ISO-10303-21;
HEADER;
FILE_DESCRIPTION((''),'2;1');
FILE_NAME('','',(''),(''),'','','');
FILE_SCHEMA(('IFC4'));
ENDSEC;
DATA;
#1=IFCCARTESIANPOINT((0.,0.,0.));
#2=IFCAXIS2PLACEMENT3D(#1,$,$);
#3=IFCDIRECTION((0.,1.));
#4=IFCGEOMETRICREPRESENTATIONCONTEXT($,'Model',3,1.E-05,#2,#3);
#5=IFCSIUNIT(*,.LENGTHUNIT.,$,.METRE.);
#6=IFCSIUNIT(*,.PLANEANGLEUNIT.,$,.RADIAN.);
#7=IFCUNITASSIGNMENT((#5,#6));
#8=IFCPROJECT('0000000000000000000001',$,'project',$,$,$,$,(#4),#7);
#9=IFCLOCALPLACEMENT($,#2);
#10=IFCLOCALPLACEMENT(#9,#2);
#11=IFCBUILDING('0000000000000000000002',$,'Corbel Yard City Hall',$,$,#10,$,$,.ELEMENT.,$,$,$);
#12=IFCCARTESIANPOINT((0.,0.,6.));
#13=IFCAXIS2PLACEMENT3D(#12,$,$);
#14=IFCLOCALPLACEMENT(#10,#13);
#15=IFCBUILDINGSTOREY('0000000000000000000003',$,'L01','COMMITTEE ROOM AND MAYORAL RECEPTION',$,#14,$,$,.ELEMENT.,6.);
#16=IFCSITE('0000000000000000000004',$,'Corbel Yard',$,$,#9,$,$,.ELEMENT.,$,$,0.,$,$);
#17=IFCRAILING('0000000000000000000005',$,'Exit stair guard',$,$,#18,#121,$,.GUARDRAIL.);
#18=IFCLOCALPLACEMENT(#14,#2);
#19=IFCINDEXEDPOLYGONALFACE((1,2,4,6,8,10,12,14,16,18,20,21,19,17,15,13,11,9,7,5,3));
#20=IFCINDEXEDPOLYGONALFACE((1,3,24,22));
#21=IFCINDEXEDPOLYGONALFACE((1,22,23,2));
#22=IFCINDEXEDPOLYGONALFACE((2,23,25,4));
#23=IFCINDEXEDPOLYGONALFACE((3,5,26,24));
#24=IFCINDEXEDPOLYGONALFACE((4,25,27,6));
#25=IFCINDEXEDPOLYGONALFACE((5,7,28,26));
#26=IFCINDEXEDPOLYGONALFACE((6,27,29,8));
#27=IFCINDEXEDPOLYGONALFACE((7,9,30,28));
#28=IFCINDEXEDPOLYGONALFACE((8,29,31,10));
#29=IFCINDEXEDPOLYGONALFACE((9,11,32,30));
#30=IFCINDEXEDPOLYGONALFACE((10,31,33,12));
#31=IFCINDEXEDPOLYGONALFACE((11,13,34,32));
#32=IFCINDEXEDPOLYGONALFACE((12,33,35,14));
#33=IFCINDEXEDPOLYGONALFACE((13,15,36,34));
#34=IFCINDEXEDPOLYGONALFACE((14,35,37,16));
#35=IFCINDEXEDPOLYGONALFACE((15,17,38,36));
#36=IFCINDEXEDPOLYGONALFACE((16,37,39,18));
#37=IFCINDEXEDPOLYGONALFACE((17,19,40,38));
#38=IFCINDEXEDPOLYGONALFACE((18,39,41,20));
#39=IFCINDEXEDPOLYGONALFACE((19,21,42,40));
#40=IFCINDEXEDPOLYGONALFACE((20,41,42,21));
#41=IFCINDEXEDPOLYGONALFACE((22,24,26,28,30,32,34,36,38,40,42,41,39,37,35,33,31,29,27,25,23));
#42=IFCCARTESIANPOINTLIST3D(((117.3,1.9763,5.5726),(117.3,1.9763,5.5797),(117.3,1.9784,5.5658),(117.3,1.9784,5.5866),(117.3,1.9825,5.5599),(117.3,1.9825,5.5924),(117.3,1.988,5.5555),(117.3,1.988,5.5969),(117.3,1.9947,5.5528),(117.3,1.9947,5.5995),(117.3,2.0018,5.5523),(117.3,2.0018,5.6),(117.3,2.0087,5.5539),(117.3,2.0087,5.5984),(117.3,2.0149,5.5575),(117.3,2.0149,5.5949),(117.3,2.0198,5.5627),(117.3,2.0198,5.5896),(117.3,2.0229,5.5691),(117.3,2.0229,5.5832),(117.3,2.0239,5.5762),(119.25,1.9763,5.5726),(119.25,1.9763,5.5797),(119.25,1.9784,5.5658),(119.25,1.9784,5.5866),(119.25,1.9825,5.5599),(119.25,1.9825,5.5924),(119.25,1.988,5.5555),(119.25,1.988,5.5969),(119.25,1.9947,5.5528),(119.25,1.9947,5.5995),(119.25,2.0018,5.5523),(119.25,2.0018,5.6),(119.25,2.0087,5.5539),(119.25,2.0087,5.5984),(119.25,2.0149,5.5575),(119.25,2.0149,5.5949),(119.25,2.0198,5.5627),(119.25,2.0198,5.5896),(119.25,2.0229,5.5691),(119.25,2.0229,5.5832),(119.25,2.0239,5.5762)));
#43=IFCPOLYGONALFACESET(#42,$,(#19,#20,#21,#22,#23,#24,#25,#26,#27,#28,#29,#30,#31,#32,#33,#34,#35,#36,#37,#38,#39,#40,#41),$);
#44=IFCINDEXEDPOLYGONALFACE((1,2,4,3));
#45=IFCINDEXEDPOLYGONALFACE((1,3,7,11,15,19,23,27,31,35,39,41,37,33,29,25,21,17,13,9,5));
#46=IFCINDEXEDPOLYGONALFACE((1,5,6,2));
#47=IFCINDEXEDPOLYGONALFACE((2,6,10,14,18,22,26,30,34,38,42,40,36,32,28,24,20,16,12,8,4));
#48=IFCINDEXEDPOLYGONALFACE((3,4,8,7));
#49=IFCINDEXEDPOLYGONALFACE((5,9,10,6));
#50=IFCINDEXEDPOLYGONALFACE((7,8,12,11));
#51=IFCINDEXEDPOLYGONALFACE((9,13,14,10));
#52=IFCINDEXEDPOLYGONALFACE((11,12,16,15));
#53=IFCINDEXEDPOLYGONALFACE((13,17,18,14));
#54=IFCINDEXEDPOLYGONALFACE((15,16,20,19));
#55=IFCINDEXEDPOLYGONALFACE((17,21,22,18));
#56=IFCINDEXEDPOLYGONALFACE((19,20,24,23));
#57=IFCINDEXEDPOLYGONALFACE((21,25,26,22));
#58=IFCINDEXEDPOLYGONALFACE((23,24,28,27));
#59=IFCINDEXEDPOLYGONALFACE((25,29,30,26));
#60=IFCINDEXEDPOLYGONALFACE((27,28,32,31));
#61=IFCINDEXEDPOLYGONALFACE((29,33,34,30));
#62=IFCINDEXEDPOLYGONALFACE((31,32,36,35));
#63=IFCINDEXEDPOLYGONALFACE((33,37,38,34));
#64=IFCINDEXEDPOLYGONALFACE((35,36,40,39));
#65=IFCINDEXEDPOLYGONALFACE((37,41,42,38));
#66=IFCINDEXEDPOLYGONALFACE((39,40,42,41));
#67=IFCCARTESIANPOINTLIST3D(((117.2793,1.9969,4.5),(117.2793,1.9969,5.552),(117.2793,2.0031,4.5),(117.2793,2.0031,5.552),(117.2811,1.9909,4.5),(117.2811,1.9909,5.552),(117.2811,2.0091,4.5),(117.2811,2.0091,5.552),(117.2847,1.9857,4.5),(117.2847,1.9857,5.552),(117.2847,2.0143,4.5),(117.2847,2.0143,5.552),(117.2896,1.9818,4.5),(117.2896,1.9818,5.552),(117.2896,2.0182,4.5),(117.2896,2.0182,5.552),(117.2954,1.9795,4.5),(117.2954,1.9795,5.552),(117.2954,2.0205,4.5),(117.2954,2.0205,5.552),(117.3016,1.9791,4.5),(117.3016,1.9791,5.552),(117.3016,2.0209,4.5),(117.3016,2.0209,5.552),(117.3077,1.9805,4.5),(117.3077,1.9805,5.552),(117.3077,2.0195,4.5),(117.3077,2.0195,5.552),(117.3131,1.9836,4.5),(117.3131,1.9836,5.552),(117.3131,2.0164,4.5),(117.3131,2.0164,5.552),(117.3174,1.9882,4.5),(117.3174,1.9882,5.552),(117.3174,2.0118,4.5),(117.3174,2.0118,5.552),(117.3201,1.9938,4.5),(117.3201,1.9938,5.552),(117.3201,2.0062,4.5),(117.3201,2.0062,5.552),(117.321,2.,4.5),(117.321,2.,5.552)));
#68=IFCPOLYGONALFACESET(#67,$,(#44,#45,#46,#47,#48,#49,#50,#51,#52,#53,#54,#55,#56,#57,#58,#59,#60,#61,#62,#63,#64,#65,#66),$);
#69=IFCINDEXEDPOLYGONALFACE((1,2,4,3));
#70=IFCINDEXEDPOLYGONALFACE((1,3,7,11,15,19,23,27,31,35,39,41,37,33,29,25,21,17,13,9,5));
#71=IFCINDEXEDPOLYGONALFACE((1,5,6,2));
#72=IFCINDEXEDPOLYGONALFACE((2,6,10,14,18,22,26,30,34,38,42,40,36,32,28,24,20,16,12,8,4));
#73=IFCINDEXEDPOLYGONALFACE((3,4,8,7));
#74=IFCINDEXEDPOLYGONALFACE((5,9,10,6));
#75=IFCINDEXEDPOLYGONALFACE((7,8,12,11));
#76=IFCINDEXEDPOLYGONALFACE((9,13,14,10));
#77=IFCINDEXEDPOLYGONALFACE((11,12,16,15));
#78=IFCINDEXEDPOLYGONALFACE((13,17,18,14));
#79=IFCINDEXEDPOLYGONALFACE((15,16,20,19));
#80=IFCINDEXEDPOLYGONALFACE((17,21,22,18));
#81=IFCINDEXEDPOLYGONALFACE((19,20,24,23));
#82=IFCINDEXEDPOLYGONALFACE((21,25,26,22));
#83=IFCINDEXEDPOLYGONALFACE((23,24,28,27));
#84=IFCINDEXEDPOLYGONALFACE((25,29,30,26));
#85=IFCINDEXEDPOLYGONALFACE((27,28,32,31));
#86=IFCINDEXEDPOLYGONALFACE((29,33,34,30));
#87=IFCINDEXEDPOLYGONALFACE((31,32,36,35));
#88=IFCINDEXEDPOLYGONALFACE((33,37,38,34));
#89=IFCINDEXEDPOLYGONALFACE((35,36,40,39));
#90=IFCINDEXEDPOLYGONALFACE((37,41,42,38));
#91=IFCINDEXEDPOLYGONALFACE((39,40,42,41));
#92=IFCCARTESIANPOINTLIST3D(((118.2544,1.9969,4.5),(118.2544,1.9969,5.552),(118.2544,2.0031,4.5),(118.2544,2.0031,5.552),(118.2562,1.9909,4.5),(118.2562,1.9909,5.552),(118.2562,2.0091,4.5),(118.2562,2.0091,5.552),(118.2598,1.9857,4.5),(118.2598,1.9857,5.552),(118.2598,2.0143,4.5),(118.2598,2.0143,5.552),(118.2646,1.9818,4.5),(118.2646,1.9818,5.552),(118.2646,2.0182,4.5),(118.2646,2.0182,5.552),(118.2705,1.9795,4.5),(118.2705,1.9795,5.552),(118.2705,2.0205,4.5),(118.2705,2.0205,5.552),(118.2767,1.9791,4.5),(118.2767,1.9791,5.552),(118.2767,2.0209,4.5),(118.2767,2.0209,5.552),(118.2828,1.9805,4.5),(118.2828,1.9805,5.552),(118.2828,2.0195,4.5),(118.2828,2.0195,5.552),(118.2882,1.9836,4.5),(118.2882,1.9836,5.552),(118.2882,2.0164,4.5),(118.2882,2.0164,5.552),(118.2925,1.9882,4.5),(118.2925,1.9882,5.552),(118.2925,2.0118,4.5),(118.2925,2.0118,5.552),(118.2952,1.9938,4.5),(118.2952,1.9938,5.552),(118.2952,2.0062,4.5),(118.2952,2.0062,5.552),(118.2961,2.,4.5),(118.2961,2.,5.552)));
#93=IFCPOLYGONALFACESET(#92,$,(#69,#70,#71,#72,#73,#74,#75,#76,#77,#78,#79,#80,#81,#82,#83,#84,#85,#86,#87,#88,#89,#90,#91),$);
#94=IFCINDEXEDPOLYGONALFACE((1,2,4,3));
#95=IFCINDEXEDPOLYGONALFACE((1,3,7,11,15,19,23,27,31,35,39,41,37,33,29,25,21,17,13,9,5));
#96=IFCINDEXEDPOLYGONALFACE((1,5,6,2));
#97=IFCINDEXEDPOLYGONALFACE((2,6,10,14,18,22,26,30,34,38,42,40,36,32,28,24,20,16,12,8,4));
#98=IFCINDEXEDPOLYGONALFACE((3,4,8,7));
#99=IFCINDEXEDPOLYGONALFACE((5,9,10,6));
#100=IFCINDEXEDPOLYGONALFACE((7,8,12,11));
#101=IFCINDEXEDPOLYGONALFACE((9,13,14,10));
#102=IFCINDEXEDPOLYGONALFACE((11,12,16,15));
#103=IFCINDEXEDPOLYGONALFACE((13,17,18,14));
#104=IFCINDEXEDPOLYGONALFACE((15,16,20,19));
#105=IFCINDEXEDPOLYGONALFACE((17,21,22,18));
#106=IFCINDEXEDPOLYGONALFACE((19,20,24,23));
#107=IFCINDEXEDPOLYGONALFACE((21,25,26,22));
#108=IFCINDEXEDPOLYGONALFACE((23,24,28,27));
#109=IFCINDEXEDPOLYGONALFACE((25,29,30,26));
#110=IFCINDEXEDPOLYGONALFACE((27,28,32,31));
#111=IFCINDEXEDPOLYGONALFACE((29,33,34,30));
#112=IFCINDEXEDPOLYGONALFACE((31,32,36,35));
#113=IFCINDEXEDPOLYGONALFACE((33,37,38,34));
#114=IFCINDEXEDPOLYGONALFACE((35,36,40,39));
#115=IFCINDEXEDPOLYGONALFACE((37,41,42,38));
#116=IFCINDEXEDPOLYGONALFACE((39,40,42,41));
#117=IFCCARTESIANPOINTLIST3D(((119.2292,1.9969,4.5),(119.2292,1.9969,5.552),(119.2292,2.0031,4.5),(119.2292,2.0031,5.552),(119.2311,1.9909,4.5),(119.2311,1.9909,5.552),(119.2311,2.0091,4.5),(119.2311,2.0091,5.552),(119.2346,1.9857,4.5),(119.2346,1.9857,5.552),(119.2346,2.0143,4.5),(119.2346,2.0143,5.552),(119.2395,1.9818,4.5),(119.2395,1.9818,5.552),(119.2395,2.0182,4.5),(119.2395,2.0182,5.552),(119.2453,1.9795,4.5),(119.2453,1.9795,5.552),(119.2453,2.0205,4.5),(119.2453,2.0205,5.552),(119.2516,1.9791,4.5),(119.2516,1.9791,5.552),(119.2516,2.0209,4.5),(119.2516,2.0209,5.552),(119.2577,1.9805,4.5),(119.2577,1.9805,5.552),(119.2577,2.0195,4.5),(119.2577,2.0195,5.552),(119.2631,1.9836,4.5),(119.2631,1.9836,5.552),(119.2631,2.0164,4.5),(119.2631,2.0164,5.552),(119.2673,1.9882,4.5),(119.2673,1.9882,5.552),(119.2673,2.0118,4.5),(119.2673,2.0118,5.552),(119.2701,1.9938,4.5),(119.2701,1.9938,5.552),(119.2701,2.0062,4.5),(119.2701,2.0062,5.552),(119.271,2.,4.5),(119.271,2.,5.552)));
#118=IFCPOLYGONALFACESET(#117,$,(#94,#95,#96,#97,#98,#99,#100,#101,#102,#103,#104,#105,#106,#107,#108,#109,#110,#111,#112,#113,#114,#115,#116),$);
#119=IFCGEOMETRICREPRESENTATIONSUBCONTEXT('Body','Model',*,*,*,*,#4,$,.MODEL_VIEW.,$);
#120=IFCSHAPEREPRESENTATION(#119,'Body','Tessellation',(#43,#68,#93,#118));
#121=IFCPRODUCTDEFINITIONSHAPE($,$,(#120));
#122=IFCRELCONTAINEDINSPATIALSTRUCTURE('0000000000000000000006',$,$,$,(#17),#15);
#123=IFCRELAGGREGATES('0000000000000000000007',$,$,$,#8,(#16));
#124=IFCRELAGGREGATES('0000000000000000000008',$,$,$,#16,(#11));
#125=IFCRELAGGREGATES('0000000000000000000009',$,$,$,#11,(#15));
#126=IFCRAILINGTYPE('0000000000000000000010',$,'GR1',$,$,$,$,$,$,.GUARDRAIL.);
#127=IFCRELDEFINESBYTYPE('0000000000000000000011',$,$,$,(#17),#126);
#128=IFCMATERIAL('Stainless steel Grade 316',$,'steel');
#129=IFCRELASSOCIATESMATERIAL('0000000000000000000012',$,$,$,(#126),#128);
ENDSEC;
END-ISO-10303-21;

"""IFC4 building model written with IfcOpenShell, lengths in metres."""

from ifc_helpers import new_model, si_unit, direction, frame, origin, origin_2d, place, context, subcontext, project, spatial, circle, extrude, material, type_object, element, save


model = new_model("IFC4")

# Units and contexts
model_context = context("Model", 3, precision=1e-05, world=origin(), true_north=direction((0.0, 1.0)))
body_context = subcontext(model_context, "Body", "Model", "MODEL_VIEW")
ifc_project = project(units=[si_unit("LENGTHUNIT", "METRE"), si_unit("PLANEANGLEUNIT", "RADIAN")], contexts=[model_context])

# Site, building, storey
site_placement = place(None, origin())
site = spatial("IfcSite", under=ifc_project, at=site_placement, Name="Corbel Yard", CompositionType="ELEMENT", RefElevation=0.0)
building_placement = place(site_placement, origin())
building = spatial("IfcBuilding", under=site, at=building_placement, Name="Corbel Yard City Hall", CompositionType="ELEMENT")
storey_placement = place(building_placement, frame((0.0, 0.0, 6.0)))
storey = spatial("IfcBuildingStorey", under=building, at=storey_placement, Name="L01", Description="COMMITTEE ROOM AND MAYORAL RECEPTION", CompositionType="ELEMENT", Elevation=6.0)

# Shared definitions
ifc_material_1 = material(Name="Stainless steel Grade 316", Category="steel")

# Railing
railing_type_1 = type_object("IfcRailingType", Name="GR1", PredefinedType="GUARDRAIL", material=ifc_material_1)
railing_1_placement = place(storey_placement, frame((117.3, 2.0, 4.5)))
element("IfcRailing", 1, at=railing_1_placement, inside=storey, type_object=railing_type_1, Name="Exit stair guard", PredefinedType="GUARDRAIL", context=body_context, shape_type="SweptSolid", body=[
    extrude(circle(Radius=0.0239, at=origin_2d()), frame((0.0, 0.0, 1.0762), z_axis=(1.0, 0.0, 0.0), x_axis=(0.0, 1.0, 0.0)), (0.0, 0.0, 1.0), 1.95),
    extrude(circle(Radius=0.021, at=origin_2d()), origin(), (0.0, 0.0, 1.0), 1.052),
    extrude(circle(Radius=0.021, at=origin_2d()), frame((0.9751, 0.0, 0.0)), (0.0, 0.0, 1.0), 1.052),
    extrude(circle(Radius=0.021, at=origin_2d()), frame((1.95, 0.0, 0.0)), (0.0, 0.0, 1.0), 1.052),
])

save(model, "model.ifc")
